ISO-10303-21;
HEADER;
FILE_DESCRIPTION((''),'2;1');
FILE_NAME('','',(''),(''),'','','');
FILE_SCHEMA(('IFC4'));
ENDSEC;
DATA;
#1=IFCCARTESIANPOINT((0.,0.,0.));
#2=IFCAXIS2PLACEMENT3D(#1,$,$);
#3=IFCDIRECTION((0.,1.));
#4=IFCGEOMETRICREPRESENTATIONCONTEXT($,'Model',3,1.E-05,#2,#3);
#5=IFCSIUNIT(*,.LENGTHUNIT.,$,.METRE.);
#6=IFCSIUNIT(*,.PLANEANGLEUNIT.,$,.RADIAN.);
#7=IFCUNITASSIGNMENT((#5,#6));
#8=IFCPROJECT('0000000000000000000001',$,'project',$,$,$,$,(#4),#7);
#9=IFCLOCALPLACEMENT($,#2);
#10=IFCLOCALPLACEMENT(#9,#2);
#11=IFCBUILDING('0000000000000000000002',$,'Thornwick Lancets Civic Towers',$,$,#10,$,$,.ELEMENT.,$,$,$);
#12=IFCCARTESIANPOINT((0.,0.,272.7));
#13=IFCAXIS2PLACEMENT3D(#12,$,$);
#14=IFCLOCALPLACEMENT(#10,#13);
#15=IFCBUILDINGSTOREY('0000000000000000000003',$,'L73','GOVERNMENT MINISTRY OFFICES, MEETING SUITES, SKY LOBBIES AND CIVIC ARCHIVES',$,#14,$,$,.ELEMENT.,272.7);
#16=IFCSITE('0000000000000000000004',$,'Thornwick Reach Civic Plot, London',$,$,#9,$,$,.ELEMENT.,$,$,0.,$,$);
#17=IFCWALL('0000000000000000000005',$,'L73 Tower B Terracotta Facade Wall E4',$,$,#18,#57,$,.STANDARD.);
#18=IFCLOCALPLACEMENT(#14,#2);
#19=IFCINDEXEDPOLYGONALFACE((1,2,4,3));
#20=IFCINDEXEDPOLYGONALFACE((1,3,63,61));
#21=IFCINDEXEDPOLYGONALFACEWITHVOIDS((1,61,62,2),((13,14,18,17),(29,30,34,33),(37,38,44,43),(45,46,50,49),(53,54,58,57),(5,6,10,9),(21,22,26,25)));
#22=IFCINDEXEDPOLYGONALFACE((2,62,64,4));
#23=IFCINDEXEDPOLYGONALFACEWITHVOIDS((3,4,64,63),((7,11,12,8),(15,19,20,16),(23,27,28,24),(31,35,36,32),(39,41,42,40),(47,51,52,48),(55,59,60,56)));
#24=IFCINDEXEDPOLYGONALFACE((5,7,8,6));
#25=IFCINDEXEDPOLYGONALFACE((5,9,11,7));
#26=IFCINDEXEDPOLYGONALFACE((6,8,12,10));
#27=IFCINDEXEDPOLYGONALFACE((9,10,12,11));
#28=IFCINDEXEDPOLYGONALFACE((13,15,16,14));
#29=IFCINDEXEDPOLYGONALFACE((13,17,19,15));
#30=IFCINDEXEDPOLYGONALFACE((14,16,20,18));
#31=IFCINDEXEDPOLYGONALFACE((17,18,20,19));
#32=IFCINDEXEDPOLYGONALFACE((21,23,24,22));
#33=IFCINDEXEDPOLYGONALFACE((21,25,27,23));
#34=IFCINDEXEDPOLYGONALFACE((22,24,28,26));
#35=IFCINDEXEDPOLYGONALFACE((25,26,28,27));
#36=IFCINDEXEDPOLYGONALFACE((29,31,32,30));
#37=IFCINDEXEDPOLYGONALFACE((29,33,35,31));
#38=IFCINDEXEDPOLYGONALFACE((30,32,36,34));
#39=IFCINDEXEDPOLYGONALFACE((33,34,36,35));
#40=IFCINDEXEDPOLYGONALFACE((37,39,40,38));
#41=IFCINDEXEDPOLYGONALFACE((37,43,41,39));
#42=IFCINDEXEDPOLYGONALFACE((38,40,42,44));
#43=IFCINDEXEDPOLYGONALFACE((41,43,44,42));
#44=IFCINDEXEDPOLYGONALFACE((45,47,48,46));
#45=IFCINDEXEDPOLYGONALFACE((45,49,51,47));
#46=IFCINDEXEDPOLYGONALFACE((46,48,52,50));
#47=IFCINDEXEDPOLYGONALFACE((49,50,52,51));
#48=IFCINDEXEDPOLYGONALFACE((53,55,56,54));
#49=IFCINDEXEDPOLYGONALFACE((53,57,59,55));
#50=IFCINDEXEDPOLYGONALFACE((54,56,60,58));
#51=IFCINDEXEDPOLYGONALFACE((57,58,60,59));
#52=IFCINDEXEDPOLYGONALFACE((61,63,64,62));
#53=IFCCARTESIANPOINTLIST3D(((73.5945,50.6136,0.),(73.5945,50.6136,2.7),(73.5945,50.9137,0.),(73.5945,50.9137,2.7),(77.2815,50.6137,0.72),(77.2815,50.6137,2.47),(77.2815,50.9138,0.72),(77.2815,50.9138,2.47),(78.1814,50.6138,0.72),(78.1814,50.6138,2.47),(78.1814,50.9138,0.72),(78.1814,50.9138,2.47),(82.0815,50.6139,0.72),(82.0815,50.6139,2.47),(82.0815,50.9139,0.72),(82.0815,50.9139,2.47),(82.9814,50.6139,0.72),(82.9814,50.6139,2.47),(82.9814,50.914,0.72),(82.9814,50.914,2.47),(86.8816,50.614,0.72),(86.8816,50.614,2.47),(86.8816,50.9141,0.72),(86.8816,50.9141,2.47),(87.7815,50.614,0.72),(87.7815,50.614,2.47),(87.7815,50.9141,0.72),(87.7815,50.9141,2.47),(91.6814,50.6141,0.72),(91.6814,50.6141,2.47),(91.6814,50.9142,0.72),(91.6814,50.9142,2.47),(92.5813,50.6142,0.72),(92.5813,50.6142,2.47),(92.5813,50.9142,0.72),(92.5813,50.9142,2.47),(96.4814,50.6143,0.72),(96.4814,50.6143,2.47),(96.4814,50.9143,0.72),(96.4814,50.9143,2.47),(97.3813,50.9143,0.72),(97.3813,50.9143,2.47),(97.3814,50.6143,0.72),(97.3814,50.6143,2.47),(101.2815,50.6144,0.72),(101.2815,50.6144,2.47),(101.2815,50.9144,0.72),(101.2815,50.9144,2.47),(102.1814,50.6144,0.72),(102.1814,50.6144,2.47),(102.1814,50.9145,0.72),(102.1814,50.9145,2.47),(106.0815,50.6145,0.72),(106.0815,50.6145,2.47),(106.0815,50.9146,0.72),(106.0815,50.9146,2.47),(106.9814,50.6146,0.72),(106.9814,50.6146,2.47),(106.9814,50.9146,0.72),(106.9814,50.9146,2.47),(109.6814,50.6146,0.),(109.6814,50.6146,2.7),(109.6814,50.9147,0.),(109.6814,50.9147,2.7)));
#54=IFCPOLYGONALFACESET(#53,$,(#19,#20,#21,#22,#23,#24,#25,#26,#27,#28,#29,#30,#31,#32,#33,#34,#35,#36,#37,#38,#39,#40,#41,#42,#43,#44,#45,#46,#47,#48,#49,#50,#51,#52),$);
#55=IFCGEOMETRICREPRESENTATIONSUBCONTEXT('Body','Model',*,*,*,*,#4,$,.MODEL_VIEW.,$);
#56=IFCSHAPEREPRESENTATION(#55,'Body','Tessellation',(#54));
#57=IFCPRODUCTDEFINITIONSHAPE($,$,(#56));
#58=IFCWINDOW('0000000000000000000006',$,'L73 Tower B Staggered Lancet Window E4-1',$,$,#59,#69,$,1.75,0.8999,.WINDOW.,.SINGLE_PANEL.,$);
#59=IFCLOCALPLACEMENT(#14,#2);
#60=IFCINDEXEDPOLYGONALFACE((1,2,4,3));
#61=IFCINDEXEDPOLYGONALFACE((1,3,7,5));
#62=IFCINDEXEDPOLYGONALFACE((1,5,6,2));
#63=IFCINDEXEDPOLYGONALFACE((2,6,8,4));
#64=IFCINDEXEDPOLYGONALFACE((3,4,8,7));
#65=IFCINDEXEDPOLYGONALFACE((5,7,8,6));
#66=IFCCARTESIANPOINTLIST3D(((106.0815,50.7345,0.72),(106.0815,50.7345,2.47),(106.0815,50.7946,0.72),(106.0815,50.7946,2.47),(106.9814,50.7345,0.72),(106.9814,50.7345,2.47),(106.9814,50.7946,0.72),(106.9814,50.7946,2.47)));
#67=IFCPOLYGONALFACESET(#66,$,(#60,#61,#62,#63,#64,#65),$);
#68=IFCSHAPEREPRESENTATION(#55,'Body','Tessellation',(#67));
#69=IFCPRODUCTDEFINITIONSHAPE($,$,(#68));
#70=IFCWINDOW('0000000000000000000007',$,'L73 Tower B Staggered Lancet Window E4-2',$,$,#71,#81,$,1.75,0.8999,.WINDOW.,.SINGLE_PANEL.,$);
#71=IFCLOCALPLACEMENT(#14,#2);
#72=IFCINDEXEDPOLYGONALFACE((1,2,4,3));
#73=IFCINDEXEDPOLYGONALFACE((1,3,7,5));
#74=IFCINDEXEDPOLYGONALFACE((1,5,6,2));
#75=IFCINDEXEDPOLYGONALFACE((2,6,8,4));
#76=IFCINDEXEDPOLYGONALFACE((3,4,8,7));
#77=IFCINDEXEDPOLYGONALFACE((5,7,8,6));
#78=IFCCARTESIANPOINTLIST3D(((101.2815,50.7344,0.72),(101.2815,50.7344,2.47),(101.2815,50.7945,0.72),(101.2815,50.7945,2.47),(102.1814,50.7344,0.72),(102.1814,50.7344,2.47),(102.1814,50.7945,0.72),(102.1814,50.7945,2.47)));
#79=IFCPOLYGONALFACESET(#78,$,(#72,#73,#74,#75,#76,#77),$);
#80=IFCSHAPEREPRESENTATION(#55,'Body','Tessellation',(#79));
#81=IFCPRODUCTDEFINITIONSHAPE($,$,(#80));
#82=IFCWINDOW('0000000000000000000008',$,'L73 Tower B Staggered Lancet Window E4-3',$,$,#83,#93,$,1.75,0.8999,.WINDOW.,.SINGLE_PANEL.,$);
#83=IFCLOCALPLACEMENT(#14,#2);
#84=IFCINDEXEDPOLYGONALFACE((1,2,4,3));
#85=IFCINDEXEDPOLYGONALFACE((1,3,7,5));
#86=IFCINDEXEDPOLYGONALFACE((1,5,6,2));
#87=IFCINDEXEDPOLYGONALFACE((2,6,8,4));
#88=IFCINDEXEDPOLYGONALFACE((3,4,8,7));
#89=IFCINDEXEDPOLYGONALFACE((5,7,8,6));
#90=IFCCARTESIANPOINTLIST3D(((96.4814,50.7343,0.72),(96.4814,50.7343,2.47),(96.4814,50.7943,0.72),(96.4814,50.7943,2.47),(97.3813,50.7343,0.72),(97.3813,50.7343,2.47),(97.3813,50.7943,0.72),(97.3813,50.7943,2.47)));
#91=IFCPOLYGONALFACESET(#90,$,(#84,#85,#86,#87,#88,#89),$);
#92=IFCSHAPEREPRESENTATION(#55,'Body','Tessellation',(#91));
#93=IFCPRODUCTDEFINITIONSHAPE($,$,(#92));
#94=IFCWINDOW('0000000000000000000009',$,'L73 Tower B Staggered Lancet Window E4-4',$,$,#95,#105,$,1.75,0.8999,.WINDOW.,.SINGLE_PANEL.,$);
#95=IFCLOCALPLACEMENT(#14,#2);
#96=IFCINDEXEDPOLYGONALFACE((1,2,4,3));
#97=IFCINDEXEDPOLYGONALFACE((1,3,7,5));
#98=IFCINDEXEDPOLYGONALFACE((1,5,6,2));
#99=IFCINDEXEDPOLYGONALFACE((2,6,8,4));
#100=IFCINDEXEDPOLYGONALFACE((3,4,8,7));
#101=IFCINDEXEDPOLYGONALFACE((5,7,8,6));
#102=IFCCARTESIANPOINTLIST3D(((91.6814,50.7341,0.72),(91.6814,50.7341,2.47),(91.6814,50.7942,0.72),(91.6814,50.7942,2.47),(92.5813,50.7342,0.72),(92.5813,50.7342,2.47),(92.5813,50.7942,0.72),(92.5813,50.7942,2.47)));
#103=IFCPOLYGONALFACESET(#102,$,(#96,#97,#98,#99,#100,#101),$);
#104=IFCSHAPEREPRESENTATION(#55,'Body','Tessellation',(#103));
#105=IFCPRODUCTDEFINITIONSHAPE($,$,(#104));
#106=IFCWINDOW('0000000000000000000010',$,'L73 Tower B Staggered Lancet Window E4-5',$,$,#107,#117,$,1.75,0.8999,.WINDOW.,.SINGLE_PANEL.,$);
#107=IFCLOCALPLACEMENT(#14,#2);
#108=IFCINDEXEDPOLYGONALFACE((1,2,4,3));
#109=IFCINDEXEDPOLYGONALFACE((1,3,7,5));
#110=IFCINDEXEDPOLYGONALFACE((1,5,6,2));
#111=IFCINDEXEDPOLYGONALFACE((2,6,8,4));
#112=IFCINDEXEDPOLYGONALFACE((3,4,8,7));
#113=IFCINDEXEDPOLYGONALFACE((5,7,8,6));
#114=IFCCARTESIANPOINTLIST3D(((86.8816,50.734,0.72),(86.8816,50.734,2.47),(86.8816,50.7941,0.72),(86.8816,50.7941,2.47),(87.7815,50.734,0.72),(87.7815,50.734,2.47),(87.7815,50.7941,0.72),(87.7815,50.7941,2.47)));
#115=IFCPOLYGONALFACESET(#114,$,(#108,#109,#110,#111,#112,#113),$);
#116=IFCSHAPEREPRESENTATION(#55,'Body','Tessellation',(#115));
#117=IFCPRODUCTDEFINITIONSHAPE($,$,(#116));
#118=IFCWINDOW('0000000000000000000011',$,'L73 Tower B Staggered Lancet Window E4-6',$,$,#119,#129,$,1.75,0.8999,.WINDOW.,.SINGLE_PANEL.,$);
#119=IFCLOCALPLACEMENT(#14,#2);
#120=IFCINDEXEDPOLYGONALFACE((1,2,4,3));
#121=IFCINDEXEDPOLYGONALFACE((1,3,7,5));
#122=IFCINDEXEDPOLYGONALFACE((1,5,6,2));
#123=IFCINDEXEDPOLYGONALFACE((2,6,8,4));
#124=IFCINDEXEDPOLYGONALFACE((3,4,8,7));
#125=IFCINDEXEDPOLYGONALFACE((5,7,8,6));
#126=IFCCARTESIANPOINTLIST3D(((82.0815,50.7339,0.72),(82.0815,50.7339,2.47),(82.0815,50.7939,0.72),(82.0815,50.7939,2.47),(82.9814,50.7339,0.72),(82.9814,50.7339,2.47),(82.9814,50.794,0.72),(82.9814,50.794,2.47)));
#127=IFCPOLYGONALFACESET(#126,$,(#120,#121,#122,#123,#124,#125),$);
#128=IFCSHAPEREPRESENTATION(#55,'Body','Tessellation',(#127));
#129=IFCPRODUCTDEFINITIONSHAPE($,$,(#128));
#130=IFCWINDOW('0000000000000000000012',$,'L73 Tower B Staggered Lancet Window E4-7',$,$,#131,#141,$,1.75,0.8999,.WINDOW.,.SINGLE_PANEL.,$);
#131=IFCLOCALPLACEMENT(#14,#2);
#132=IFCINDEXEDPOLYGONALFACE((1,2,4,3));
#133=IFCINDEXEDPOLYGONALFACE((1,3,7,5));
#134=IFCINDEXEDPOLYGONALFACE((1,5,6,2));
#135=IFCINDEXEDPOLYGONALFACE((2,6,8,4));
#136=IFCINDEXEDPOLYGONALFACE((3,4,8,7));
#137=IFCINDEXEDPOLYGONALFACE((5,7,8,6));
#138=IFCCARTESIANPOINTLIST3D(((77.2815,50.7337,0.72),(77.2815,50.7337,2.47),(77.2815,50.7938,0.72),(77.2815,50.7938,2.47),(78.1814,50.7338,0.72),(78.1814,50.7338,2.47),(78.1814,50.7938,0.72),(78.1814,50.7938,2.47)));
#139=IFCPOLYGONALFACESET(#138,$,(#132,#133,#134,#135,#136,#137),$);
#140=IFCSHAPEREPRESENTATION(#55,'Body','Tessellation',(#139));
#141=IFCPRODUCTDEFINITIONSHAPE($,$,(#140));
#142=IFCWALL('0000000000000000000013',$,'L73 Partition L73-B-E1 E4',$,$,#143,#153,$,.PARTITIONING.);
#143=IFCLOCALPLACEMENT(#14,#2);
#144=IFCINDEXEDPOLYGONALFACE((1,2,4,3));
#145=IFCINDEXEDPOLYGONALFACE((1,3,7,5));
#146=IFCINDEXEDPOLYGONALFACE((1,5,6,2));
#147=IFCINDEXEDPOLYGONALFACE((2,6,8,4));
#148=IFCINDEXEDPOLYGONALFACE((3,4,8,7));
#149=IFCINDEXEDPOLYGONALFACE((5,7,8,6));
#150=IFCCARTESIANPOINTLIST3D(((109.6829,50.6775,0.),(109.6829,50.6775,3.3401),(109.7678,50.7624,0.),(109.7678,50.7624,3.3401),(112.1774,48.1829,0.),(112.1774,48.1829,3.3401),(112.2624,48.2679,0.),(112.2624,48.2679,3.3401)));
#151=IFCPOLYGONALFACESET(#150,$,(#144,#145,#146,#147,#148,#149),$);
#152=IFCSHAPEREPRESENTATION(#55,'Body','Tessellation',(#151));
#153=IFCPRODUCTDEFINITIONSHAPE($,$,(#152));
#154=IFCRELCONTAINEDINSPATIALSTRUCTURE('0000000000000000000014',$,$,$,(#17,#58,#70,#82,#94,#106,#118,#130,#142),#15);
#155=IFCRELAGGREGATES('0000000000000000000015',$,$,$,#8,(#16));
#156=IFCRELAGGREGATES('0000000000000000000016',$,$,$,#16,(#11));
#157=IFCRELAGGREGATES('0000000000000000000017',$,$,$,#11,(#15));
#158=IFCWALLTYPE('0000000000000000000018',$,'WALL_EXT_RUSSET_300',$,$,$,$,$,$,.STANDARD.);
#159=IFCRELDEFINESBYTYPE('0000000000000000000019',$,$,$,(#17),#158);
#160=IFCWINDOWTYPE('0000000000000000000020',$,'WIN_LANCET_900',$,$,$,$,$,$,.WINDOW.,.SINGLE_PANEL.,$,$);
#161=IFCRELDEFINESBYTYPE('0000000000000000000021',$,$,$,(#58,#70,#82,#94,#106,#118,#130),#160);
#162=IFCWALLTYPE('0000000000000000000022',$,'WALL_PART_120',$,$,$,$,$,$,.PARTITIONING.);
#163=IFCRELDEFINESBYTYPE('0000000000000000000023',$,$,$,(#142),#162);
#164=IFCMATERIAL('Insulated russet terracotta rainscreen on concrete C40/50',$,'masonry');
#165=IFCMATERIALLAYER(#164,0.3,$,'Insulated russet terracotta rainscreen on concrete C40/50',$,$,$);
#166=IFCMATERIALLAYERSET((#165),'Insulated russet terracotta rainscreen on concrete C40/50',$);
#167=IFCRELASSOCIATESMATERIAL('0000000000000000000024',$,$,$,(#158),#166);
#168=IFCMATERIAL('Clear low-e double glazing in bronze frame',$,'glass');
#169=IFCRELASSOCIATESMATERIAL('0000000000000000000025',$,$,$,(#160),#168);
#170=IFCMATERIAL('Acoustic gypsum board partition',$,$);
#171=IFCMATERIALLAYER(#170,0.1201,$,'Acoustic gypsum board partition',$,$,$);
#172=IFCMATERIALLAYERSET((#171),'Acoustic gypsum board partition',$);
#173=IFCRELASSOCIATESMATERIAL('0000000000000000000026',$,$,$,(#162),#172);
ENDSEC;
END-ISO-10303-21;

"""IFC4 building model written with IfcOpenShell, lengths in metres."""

from ifc_helpers import new_model, si_unit, direction, frame, frame_2d, origin, place, context, subcontext, project, spatial, rectangle, extrude, material, layer, layer_set, type_object, element, fill, save


model = new_model("IFC4")

# Units and contexts
model_context = context("Model", 3, precision=1e-05, world=origin(), true_north=direction((0.0, 1.0)))
body_context = subcontext(model_context, "Body", "Model", "MODEL_VIEW")
ifc_project = project(units=[si_unit("LENGTHUNIT", "METRE"), si_unit("PLANEANGLEUNIT", "RADIAN")], contexts=[model_context])

# Site, building, storey
site_placement = place(None, origin())
site = spatial("IfcSite", under=ifc_project, at=site_placement, Name="Thornwick Reach Civic Plot, London", CompositionType="ELEMENT", RefElevation=0.0)
building_placement = place(site_placement, origin())
building = spatial("IfcBuilding", under=site, at=building_placement, Name="Thornwick Lancets Civic Towers", CompositionType="ELEMENT")
storey_placement = place(building_placement, frame((0.0, 0.0, 272.7)))
storey = spatial("IfcBuildingStorey", under=building, at=storey_placement, Name="L73", Description="GOVERNMENT MINISTRY OFFICES, MEETING SUITES, SKY LOBBIES AND CIVIC ARCHIVES", CompositionType="ELEMENT", Elevation=272.7)

# Wall, openings, windows
ifc_material_1 = material(Name="Insulated russet terracotta rainscreen on concrete C40/50", Category="masonry")
ifc_layer_1 = layer(ifc_material_1, 0.3, Name="Insulated russet terracotta rainscreen on concrete C40/50")
ifc_layer_set_1 = layer_set([ifc_layer_1], Name="Insulated russet terracotta rainscreen on concrete C40/50")
wall_type_1 = type_object("IfcWallType", Name="WALL_EXT_RUSSET_300", PredefinedType="STANDARD", material=ifc_layer_set_1)
wall_1_placement = place(storey_placement, frame((109.6814, 50.7646, 0.0), z_axis=(0.0, 0.0, 1.0), x_axis=(-1.0, -0.000027, 0.0)))
wall_1 = element("IfcWall", 1, at=wall_1_placement, inside=storey, type_object=wall_type_1, Name="L73 Tower B Terracotta Facade Wall E4", PredefinedType="STANDARD", context=body_context, shape_type="SweptSolid", body=[
    extrude(rectangle(XDim=36.0869, YDim=0.3, at=frame_2d((18.0435, 0.0))), origin(), (0.0, 0.0, 1.0), 2.7),
])
opening_1_placement = place(wall_1_placement, frame((2.7, 0.0, 0.72)))
opening_1 = element("IfcOpeningElement", 2, at=opening_1_placement, cuts=wall_1, PredefinedType="OPENING", context=body_context, shape_type="SweptSolid", body=[
    extrude(rectangle(XDim=0.8999, YDim=1.75, at=frame_2d((0.45, 0.875))), frame((0.0, 0.1602, 0.0), z_axis=(0.0, -1.0, 0.0), x_axis=(1.0, 0.0, 0.0)), (0.0, 0.0, 1.0), 0.3201),
])
opening_2_placement = place(wall_1_placement, frame((7.5, 0.0, 0.72)))
opening_2 = element("IfcOpeningElement", 3, at=opening_2_placement, cuts=wall_1, PredefinedType="OPENING", context=body_context, shape_type="SweptSolid", body=[
    extrude(rectangle(XDim=0.8999, YDim=1.75, at=frame_2d((0.45, 0.875))), frame((0.0, 0.1602, 0.0), z_axis=(0.0, -1.0, 0.0), x_axis=(1.0, 0.0, 0.0)), (0.0, 0.0, 1.0), 0.3201),
])
opening_3_placement = place(wall_1_placement, frame((12.3, 0.0, 0.72)))
opening_3 = element("IfcOpeningElement", 4, at=opening_3_placement, cuts=wall_1, PredefinedType="OPENING", context=body_context, shape_type="SweptSolid", body=[
    extrude(rectangle(XDim=0.8999, YDim=1.75, at=frame_2d((0.45, 0.875))), frame((0.0, 0.1602, 0.0), z_axis=(0.0, -1.0, 0.0), x_axis=(1.0, 0.0, 0.0)), (0.0, 0.0, 1.0), 0.3201),
])
opening_4_placement = place(wall_1_placement, frame((17.1001, 0.0, 0.72)))
opening_4 = element("IfcOpeningElement", 5, at=opening_4_placement, cuts=wall_1, PredefinedType="OPENING", context=body_context, shape_type="SweptSolid", body=[
    extrude(rectangle(XDim=0.8999, YDim=1.75, at=frame_2d((0.45, 0.875))), frame((0.0, 0.1602, 0.0), z_axis=(0.0, -1.0, 0.0), x_axis=(1.0, 0.0, 0.0)), (0.0, 0.0, 1.0), 0.3201),
])
opening_5_placement = place(wall_1_placement, frame((21.8999, 0.0, 0.72)))
opening_5 = element("IfcOpeningElement", 6, at=opening_5_placement, cuts=wall_1, PredefinedType="OPENING", context=body_context, shape_type="SweptSolid", body=[
    extrude(rectangle(XDim=0.8999, YDim=1.75, at=frame_2d((0.45, 0.875))), frame((0.0, 0.1602, 0.0), z_axis=(0.0, -1.0, 0.0), x_axis=(1.0, 0.0, 0.0)), (0.0, 0.0, 1.0), 0.3201),
])
opening_6_placement = place(wall_1_placement, frame((26.7, 0.0, 0.72)))
opening_6 = element("IfcOpeningElement", 7, at=opening_6_placement, cuts=wall_1, PredefinedType="OPENING", context=body_context, shape_type="SweptSolid", body=[
    extrude(rectangle(XDim=0.8999, YDim=1.75, at=frame_2d((0.45, 0.875))), frame((0.0, 0.1602, 0.0), z_axis=(0.0, -1.0, 0.0), x_axis=(1.0, 0.0, 0.0)), (0.0, 0.0, 1.0), 0.3201),
])
opening_7_placement = place(wall_1_placement, frame((31.5, 0.0, 0.72)))
opening_7 = element("IfcOpeningElement", 8, at=opening_7_placement, cuts=wall_1, PredefinedType="OPENING", context=body_context, shape_type="SweptSolid", body=[
    extrude(rectangle(XDim=0.8999, YDim=1.75, at=frame_2d((0.45, 0.875))), frame((0.0, 0.1602, 0.0), z_axis=(0.0, -1.0, 0.0), x_axis=(1.0, 0.0, 0.0)), (0.0, 0.0, 1.0), 0.3201),
])
ifc_material_2 = material(Name="Clear low-e double glazing in bronze frame", Category="glass")
window_type = type_object("IfcWindowType", Name="WIN_LANCET_900", PartitioningType="SINGLE_PANEL", PredefinedType="WINDOW", material=ifc_material_2)
window_1_placement = place(opening_1_placement, origin())
window_1 = element("IfcWindow", 9, at=window_1_placement, inside=storey, type_object=window_type, Name="L73 Tower B Staggered Lancet Window E4-1", OverallHeight=1.75, OverallWidth=0.8999, PartitioningType="SINGLE_PANEL", PredefinedType="WINDOW", context=body_context, shape_type="SweptSolid", body=[
    extrude(rectangle(XDim=0.8999, YDim=1.75, at=frame_2d((0.45, 0.875))), frame((0.0, 0.03, 0.0), z_axis=(0.0, -1.0, 0.0), x_axis=(1.0, 0.0, 0.0)), (0.0, 0.0, 1.0), 0.0601),
])
fill(opening_1, window_1)
window_2_placement = place(opening_2_placement, origin())
window_2 = element("IfcWindow", 10, at=window_2_placement, inside=storey, type_object=window_type, Name="L73 Tower B Staggered Lancet Window E4-2", OverallHeight=1.75, OverallWidth=0.8999, PartitioningType="SINGLE_PANEL", PredefinedType="WINDOW", context=body_context, shape_type="SweptSolid", body=[
    extrude(rectangle(XDim=0.8999, YDim=1.75, at=frame_2d((0.45, 0.875))), frame((0.0, 0.03, 0.0), z_axis=(0.0, -1.0, 0.0), x_axis=(1.0, 0.0, 0.0)), (0.0, 0.0, 1.0), 0.0601),
])
fill(opening_2, window_2)
window_3_placement = place(opening_3_placement, origin())
window_3 = element("IfcWindow", 11, at=window_3_placement, inside=storey, type_object=window_type, Name="L73 Tower B Staggered Lancet Window E4-3", OverallHeight=1.75, OverallWidth=0.8999, PartitioningType="SINGLE_PANEL", PredefinedType="WINDOW", context=body_context, shape_type="SweptSolid", body=[
    extrude(rectangle(XDim=0.8999, YDim=1.75, at=frame_2d((0.45, 0.875))), frame((0.0, 0.03, 0.0), z_axis=(0.0, -1.0, 0.0), x_axis=(1.0, 0.0, 0.0)), (0.0, 0.0, 1.0), 0.0601),
])
fill(opening_3, window_3)
window_4_placement = place(opening_4_placement, origin())
window_4 = element("IfcWindow", 12, at=window_4_placement, inside=storey, type_object=window_type, Name="L73 Tower B Staggered Lancet Window E4-4", OverallHeight=1.75, OverallWidth=0.8999, PartitioningType="SINGLE_PANEL", PredefinedType="WINDOW", context=body_context, shape_type="SweptSolid", body=[
    extrude(rectangle(XDim=0.8999, YDim=1.75, at=frame_2d((0.45, 0.875))), frame((0.0, 0.03, 0.0), z_axis=(0.0, -1.0, 0.0), x_axis=(1.0, 0.0, 0.0)), (0.0, 0.0, 1.0), 0.0601),
])
fill(opening_4, window_4)
window_5_placement = place(opening_5_placement, origin())
window_5 = element("IfcWindow", 13, at=window_5_placement, inside=storey, type_object=window_type, Name="L73 Tower B Staggered Lancet Window E4-5", OverallHeight=1.75, OverallWidth=0.8999, PartitioningType="SINGLE_PANEL", PredefinedType="WINDOW", context=body_context, shape_type="SweptSolid", body=[
    extrude(rectangle(XDim=0.8999, YDim=1.75, at=frame_2d((0.45, 0.875))), frame((0.0, 0.03, 0.0), z_axis=(0.0, -1.0, 0.0), x_axis=(1.0, 0.0, 0.0)), (0.0, 0.0, 1.0), 0.0601),
])
fill(opening_5, window_5)
window_6_placement = place(opening_6_placement, origin())
window_6 = element("IfcWindow", 14, at=window_6_placement, inside=storey, type_object=window_type, Name="L73 Tower B Staggered Lancet Window E4-6", OverallHeight=1.75, OverallWidth=0.8999, PartitioningType="SINGLE_PANEL", PredefinedType="WINDOW", context=body_context, shape_type="SweptSolid", body=[
    extrude(rectangle(XDim=0.8999, YDim=1.75, at=frame_2d((0.45, 0.875))), frame((0.0, 0.03, 0.0), z_axis=(0.0, -1.0, 0.0), x_axis=(1.0, 0.0, 0.0)), (0.0, 0.0, 1.0), 0.0601),
])
fill(opening_6, window_6)
window_7_placement = place(opening_7_placement, origin())
window_7 = element("IfcWindow", 15, at=window_7_placement, inside=storey, type_object=window_type, Name="L73 Tower B Staggered Lancet Window E4-7", OverallHeight=1.75, OverallWidth=0.8999, PartitioningType="SINGLE_PANEL", PredefinedType="WINDOW", context=body_context, shape_type="SweptSolid", body=[
    extrude(rectangle(XDim=0.8999, YDim=1.75, at=frame_2d((0.45, 0.875))), frame((0.0, 0.03, 0.0), z_axis=(0.0, -1.0, 0.0), x_axis=(1.0, 0.0, 0.0)), (0.0, 0.0, 1.0), 0.0601),
])
fill(opening_7, window_7)

# Wall
ifc_material_3 = material(Name="Acoustic gypsum board partition")
ifc_layer_2 = layer(ifc_material_3, 0.1201, Name="Acoustic gypsum board partition")
ifc_layer_set_2 = layer_set([ifc_layer_2], Name="Acoustic gypsum board partition")
wall_type_2 = type_object("IfcWallType", Name="WALL_PART_120", PredefinedType="PARTITIONING", material=ifc_layer_set_2)
wall_2_placement = place(storey_placement, frame((109.7253, 50.72, 0.0), z_axis=(0.0, 0.0, 1.0), x_axis=(0.707107, -0.707107, 0.0)))
element("IfcWall", 16, at=wall_2_placement, inside=storey, type_object=wall_type_2, Name="L73 Partition L73-B-E1 E4", PredefinedType="PARTITIONING", context=body_context, shape_type="SweptSolid", body=[
    extrude(rectangle(XDim=3.5278, YDim=0.1201, at=frame_2d((1.7639, 0.0))), origin(), (0.0, 0.0, 1.0), 3.3401),
])

save(model, "model.ifc")
